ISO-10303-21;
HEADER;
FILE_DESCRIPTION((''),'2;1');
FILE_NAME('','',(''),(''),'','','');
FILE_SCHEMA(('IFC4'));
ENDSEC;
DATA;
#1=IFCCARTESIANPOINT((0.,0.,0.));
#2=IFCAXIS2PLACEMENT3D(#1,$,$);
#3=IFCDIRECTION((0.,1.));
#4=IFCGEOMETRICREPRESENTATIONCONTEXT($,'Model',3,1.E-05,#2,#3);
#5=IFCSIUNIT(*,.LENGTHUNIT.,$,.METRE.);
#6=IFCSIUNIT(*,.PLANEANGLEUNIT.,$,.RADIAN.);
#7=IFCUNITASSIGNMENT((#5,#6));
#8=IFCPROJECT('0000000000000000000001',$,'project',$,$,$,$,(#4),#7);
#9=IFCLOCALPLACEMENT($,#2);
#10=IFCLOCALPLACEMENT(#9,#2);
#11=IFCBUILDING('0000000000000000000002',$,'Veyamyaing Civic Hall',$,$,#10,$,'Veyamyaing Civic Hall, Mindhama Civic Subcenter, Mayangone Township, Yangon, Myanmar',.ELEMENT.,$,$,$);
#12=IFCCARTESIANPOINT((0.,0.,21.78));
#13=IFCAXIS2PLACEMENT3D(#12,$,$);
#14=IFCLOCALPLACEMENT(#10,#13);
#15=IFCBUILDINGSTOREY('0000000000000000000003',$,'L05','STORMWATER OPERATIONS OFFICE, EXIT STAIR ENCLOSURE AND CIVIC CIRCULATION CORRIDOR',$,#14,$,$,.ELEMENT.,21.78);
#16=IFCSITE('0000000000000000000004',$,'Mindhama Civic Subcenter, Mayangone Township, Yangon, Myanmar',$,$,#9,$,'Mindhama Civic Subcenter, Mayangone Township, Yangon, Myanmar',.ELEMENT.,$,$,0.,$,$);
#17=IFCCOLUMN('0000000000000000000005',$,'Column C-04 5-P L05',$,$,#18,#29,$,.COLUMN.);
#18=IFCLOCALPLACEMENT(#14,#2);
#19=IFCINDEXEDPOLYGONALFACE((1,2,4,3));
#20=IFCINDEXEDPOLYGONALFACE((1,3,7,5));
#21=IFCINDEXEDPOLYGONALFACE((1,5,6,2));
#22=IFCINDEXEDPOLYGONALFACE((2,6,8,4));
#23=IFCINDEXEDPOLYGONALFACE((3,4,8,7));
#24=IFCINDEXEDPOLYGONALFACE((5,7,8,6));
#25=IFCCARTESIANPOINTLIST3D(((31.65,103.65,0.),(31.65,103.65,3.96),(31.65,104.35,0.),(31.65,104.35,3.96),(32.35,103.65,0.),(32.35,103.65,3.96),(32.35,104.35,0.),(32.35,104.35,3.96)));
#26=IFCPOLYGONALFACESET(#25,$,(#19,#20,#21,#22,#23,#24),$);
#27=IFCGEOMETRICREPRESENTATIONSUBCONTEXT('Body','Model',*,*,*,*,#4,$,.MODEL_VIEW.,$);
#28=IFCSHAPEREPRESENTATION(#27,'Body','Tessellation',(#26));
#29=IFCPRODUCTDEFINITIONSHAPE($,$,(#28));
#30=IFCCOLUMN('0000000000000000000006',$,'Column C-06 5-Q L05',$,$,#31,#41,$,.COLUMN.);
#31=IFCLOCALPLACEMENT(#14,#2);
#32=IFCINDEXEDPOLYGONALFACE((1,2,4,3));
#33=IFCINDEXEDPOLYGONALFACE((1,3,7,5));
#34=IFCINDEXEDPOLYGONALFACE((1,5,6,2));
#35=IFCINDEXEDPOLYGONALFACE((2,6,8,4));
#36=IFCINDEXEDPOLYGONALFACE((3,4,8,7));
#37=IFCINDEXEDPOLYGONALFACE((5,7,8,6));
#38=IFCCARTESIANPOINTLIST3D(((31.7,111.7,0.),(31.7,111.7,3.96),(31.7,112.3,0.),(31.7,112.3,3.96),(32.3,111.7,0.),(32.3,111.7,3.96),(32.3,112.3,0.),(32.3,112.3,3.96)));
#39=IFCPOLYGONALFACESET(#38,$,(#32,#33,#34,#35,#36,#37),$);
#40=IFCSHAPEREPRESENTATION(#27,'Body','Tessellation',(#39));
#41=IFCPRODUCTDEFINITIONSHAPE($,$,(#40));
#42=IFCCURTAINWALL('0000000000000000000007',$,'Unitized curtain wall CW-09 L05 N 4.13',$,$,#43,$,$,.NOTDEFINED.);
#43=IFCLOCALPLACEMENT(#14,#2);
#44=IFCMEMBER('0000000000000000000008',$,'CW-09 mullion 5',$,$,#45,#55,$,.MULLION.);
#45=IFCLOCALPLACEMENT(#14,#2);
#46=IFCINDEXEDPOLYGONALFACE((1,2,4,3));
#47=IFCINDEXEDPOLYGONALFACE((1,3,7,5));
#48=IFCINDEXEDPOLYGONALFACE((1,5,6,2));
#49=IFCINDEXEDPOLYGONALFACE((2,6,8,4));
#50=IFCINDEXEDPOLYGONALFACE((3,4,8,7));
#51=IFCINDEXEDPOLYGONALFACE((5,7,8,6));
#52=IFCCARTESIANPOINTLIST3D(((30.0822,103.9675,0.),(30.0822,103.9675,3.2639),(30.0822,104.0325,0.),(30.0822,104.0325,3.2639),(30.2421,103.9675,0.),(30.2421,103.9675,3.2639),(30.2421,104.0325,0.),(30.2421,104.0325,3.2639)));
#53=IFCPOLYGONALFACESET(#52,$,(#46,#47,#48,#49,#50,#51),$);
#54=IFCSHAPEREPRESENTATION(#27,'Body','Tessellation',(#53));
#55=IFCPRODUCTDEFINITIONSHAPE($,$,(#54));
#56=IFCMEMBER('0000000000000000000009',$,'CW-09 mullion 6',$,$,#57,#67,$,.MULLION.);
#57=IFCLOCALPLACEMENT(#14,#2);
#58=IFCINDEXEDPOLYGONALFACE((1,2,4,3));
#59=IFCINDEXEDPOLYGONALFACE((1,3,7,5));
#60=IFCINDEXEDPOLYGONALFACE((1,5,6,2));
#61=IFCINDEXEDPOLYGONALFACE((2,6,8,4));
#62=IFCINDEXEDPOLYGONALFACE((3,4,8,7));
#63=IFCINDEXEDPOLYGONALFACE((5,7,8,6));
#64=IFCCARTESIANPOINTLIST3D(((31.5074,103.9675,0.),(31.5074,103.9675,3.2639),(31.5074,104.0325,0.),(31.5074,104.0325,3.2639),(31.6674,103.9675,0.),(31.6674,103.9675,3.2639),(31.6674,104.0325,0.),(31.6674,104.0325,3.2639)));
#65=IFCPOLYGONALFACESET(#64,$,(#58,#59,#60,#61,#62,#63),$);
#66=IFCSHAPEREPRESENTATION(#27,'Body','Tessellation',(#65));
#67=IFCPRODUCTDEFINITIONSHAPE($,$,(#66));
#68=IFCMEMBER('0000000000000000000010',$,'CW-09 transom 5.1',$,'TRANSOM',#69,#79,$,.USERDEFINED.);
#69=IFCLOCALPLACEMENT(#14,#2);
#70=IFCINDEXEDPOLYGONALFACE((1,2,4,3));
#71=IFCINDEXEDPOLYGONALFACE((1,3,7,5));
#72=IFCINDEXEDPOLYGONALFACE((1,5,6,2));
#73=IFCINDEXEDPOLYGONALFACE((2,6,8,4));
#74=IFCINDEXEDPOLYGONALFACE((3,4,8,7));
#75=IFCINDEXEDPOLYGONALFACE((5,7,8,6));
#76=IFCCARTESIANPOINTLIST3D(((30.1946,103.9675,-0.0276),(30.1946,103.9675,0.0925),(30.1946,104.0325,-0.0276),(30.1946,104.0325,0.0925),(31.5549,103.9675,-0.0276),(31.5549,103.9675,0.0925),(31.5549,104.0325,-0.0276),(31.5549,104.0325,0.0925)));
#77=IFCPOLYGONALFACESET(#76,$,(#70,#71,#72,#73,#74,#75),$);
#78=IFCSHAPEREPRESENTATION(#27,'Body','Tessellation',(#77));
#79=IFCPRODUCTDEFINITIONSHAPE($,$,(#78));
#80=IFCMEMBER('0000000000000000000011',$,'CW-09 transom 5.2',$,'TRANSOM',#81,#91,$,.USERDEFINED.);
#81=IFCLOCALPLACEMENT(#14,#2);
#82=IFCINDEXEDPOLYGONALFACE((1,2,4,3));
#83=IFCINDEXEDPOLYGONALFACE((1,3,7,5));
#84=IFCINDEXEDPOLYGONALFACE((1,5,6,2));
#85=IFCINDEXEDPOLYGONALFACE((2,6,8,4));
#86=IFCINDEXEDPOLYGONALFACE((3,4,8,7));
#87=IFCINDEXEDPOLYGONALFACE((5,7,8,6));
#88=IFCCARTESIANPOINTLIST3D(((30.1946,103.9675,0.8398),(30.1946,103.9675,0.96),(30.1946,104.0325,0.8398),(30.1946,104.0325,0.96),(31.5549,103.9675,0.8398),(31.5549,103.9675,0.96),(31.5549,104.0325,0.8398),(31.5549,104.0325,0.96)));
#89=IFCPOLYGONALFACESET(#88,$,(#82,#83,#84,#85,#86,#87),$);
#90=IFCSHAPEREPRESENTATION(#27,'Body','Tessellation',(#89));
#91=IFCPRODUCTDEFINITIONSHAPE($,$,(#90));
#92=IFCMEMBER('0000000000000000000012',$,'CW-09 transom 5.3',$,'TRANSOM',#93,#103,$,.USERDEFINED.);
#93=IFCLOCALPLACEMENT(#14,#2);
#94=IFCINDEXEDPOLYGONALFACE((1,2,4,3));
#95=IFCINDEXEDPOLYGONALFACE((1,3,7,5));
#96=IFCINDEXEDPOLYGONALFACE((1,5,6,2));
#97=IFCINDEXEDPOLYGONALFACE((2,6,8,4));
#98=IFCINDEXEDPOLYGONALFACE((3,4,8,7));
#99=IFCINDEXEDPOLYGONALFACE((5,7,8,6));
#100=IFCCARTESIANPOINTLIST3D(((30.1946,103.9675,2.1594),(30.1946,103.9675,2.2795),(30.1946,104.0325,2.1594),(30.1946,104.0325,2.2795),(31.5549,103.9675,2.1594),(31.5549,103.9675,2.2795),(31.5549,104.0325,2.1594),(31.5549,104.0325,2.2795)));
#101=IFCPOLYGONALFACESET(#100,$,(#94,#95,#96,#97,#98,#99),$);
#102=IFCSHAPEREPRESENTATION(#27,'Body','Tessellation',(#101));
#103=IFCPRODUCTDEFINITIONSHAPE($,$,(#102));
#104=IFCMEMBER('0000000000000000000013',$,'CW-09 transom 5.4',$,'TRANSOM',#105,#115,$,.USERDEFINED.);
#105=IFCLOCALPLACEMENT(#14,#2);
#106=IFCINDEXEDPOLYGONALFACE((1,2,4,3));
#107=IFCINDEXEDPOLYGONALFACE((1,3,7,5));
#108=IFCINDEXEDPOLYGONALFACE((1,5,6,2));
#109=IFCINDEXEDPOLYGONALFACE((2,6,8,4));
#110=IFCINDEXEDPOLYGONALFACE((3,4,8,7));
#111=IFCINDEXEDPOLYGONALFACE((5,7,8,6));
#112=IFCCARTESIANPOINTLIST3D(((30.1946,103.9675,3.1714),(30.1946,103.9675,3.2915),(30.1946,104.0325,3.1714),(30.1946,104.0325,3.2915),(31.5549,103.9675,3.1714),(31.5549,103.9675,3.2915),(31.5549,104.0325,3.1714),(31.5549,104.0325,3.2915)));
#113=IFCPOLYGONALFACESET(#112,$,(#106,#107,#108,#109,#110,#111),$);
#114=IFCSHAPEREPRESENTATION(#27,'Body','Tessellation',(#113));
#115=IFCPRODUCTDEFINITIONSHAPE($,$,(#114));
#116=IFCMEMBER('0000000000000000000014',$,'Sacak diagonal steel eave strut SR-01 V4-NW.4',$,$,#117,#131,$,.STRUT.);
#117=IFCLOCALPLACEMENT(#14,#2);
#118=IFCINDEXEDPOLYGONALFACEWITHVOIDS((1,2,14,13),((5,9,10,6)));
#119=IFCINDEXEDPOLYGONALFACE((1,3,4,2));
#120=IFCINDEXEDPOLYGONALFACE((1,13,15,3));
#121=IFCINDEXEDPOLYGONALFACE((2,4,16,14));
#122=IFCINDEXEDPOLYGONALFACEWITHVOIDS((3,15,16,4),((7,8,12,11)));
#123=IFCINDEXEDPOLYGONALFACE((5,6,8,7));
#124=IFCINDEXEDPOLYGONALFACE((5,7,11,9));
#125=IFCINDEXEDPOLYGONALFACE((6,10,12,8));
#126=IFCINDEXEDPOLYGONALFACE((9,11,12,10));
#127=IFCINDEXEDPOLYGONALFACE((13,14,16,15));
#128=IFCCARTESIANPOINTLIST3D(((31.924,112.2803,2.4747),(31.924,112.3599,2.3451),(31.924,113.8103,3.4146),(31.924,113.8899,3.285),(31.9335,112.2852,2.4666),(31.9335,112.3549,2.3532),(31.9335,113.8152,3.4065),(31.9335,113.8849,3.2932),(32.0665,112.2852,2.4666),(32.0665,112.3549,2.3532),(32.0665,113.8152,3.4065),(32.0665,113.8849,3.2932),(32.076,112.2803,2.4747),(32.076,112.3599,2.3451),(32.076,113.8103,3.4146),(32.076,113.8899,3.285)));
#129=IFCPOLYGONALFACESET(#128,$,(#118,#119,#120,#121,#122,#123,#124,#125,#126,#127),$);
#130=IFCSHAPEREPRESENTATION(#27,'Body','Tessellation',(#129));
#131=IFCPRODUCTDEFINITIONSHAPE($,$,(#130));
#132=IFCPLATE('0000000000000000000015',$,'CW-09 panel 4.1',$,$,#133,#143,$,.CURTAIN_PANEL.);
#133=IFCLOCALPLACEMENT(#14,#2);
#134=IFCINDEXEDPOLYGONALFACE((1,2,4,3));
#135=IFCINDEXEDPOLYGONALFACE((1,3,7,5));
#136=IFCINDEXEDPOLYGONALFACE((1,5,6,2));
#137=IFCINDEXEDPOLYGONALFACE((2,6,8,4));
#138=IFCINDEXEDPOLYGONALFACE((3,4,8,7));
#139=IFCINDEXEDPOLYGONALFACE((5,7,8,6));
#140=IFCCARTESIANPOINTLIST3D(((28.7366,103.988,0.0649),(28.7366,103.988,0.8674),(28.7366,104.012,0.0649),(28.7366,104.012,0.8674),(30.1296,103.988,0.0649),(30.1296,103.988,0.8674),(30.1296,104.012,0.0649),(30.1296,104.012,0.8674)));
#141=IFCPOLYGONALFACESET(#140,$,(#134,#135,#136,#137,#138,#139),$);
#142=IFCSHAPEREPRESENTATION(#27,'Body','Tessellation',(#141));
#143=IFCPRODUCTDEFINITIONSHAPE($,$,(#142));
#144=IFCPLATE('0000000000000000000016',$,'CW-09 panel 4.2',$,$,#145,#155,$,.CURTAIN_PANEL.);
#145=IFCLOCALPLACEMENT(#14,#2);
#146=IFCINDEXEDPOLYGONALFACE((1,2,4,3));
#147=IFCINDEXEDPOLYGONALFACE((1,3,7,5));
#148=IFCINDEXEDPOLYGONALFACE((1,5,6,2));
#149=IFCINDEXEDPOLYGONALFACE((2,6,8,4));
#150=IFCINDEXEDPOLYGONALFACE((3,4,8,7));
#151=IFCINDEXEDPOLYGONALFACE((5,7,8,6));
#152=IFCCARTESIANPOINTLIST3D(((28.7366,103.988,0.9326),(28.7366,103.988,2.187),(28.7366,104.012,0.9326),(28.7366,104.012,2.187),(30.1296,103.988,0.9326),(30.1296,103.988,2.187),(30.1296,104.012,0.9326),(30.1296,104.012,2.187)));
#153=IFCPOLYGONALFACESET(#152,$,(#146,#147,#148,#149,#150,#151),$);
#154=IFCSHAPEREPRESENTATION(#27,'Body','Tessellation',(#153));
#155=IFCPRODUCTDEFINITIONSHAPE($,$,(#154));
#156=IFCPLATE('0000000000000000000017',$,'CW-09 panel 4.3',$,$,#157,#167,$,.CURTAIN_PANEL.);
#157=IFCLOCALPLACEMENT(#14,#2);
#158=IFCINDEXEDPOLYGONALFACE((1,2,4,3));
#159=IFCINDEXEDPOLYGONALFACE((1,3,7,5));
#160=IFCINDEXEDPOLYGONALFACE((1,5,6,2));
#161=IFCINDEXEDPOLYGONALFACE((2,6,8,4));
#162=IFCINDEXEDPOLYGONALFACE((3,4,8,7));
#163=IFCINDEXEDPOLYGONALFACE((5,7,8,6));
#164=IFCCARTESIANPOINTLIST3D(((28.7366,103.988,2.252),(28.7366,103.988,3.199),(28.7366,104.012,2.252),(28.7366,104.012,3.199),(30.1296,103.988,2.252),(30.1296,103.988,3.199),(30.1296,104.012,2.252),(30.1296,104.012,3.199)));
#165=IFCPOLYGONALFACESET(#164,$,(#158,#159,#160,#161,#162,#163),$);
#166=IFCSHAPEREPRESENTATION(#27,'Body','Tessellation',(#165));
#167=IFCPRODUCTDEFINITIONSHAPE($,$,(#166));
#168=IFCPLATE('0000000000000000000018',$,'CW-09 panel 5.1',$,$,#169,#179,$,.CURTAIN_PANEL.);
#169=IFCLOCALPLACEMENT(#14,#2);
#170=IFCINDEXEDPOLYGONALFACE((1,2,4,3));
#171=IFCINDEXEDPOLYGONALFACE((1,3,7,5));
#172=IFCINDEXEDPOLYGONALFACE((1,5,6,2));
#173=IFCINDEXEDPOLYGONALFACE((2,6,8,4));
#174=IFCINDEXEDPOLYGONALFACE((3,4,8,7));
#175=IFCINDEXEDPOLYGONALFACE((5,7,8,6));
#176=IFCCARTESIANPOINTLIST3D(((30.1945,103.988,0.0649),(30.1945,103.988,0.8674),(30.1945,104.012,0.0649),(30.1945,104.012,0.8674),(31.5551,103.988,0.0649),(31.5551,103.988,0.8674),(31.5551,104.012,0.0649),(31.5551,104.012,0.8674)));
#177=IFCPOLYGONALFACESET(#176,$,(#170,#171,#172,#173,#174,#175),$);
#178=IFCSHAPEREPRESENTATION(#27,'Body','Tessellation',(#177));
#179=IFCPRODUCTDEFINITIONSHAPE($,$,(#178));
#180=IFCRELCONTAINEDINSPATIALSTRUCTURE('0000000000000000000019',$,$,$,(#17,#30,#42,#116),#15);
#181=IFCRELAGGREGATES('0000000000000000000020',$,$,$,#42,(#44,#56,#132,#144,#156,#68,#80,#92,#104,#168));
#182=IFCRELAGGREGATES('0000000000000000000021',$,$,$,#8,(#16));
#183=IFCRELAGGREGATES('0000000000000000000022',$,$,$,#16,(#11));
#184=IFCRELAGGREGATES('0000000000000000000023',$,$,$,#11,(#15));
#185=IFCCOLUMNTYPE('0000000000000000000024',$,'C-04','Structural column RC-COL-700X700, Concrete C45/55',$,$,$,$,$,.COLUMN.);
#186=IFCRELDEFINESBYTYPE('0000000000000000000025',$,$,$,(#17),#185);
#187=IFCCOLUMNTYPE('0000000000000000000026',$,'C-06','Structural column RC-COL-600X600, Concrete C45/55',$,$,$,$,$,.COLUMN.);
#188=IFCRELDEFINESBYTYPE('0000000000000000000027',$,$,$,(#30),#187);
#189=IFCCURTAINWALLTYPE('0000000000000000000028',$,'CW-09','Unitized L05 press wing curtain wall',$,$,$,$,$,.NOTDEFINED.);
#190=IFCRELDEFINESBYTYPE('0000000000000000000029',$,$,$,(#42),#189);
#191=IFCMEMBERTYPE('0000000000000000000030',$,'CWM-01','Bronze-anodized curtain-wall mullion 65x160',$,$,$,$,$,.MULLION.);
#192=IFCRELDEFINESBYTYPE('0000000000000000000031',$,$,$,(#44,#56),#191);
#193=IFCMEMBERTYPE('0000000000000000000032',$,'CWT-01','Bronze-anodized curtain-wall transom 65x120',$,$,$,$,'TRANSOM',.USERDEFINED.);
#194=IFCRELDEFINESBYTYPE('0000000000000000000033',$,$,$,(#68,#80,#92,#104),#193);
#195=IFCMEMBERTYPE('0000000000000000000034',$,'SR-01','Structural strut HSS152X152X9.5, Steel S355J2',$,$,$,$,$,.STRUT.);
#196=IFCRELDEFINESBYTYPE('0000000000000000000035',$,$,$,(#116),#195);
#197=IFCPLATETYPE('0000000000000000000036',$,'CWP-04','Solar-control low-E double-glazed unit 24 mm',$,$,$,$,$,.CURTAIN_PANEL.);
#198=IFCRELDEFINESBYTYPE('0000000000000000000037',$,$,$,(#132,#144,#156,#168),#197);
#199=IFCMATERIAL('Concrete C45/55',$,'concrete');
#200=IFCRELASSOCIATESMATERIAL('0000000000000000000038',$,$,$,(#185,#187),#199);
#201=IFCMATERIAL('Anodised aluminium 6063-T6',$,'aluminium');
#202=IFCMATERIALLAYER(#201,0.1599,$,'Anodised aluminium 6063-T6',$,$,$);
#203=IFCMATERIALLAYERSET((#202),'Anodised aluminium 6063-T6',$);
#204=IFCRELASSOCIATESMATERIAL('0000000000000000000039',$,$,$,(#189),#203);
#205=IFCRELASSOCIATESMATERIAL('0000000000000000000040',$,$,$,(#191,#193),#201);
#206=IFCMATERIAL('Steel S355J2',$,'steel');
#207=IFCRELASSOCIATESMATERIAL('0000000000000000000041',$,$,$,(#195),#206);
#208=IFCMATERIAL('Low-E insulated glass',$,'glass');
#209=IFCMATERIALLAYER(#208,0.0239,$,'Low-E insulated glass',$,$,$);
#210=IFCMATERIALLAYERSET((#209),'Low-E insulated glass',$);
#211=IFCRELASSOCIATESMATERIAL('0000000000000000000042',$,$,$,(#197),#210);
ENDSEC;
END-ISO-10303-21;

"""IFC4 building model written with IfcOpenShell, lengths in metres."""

from ifc_helpers import new_model, si_unit, direction, frame, origin, origin_2d, place, context, subcontext, project, spatial, rectangle, hollow_rectangle, extrude, material, layer, layer_set, material_profile, profile_set, type_object, element, aggregate, save


model = new_model("IFC4")

# Units and contexts
model_context = context("Model", 3, precision=1e-05, world=origin(), true_north=direction((0.0, 1.0)))
body_context = subcontext(model_context, "Body", "Model", "MODEL_VIEW")
ifc_project = project(units=[si_unit("LENGTHUNIT", "METRE"), si_unit("PLANEANGLEUNIT", "RADIAN")], contexts=[model_context])

# Site, building, storey
site_placement = place(None, origin())
site = spatial("IfcSite", under=ifc_project, at=site_placement, Name="Mindhama Civic Subcenter, Mayangone Township, Yangon, Myanmar", LongName="Mindhama Civic Subcenter, Mayangone Township, Yangon, Myanmar", CompositionType="ELEMENT", RefElevation=0.0)
building_placement = place(site_placement, origin())
building = spatial("IfcBuilding", under=site, at=building_placement, Name="Veyamyaing Civic Hall", LongName="Veyamyaing Civic Hall, Mindhama Civic Subcenter, Mayangone Township, Yangon, Myanmar", CompositionType="ELEMENT")
storey_placement = place(building_placement, frame((0.0, 0.0, 21.78)))
storey = spatial("IfcBuildingStorey", under=building, at=storey_placement, Name="L05", Description="STORMWATER OPERATIONS OFFICE, EXIT STAIR ENCLOSURE AND CIVIC CIRCULATION CORRIDOR", CompositionType="ELEMENT", Elevation=21.78)

# Columns
ifc_material_1 = material(Name="Concrete C45/55", Category="concrete")
ifc_material_profile_1 = material_profile(ifc_material_1, rectangle(XDim=0.7, YDim=0.7, at=origin_2d()), Name="RC-COL-700X700")
ifc_profile_set_1 = profile_set([ifc_material_profile_1], Name="Concrete C45/55")
column_type_1 = type_object("IfcColumnType", Name="C-04", Description="Structural column RC-COL-700X700, Concrete C45/55", PredefinedType="COLUMN", material=ifc_profile_set_1)
column_1_placement = place(storey_placement, frame((32.0, 104.0, 0.0), z_axis=(0.0, 0.0, 1.0), x_axis=(1.0, 0.0, 0.0)))
element("IfcColumn", 1, at=column_1_placement, inside=storey, type_object=column_type_1, Name="Column C-04 5-P L05", PredefinedType="COLUMN", context=body_context, shape_type="SweptSolid", body=[
    extrude(rectangle(XDim=0.7, YDim=0.7, at=origin_2d()), origin(), (0.0, 0.0, 1.0), 3.96),
])
ifc_material_profile_2 = material_profile(ifc_material_1, rectangle(XDim=0.6001, YDim=0.6001, at=origin_2d()), Name="RC-COL-600X600")
ifc_profile_set_2 = profile_set([ifc_material_profile_2], Name="Concrete C45/55")
column_type_2 = type_object("IfcColumnType", Name="C-06", Description="Structural column RC-COL-600X600, Concrete C45/55", PredefinedType="COLUMN", material=ifc_profile_set_2)
column_2_placement = place(storey_placement, frame((32.0, 112.0, 0.0), z_axis=(0.0, 0.0, 1.0), x_axis=(1.0, 0.0, 0.0)))
element("IfcColumn", 2, at=column_2_placement, inside=storey, type_object=column_type_2, Name="Column C-06 5-Q L05", PredefinedType="COLUMN", context=body_context, shape_type="SweptSolid", body=[
    extrude(rectangle(XDim=0.6001, YDim=0.6001, at=origin_2d()), origin(), (0.0, 0.0, 1.0), 3.96),
])

# Curtain wall, members
ifc_material_2 = material(Name="Anodised aluminium 6063-T6", Category="aluminium")
ifc_layer_1 = layer(ifc_material_2, 0.1599, Name="Anodised aluminium 6063-T6")
ifc_layer_set_1 = layer_set([ifc_layer_1], Name="Anodised aluminium 6063-T6")
curtain_wall_type = type_object("IfcCurtainWallType", Name="CW-09", Description="Unitized L05 press wing curtain wall", PredefinedType="NOTDEFINED", material=ifc_layer_set_1)
curtain_wall_placement = place(storey_placement, origin())
curtain_wall = element("IfcCurtainWall", 3, at=curtain_wall_placement, inside=storey, type_object=curtain_wall_type, Name="Unitized curtain wall CW-09 L05 N 4.13", PredefinedType="NOTDEFINED")
ifc_material_profile_3 = material_profile(ifc_material_2, rectangle(XDim=0.0649, YDim=0.1599, at=origin_2d()), Name="ALU-MUL-65X160")
ifc_profile_set_3 = profile_set([ifc_material_profile_3], Name="Anodised aluminium 6063-T6")
member_type_1 = type_object("IfcMemberType", Name="CWM-01", Description="Bronze-anodized curtain-wall mullion 65x160", PredefinedType="MULLION", material=ifc_profile_set_3)
member_1_placement = place(storey_placement, frame((30.1621, 104.0, 0.0), z_axis=(0.0, 0.0, 1.0), x_axis=(0.0, 1.0, 0.0)))
member_1 = element("IfcMember", 4, at=member_1_placement, type_object=member_type_1, Name="CW-09 mullion 5", PredefinedType="MULLION", context=body_context, shape_type="SweptSolid", body=[
    extrude(rectangle(XDim=0.0649, YDim=0.1599, at=origin_2d()), origin(), (0.0, 0.0, 1.0), 3.2639),
])
member_2_placement = place(storey_placement, frame((31.5874, 104.0, 0.0), z_axis=(0.0, 0.0, 1.0), x_axis=(0.0, 1.0, 0.0)))
member_2 = element("IfcMember", 5, at=member_2_placement, type_object=member_type_1, Name="CW-09 mullion 6", PredefinedType="MULLION", context=body_context, shape_type="SweptSolid", body=[
    extrude(rectangle(XDim=0.0649, YDim=0.1599, at=origin_2d()), origin(), (0.0, 0.0, 1.0), 3.2639),
])
ifc_material_profile_4 = material_profile(ifc_material_2, rectangle(XDim=0.0649, YDim=0.1201, at=origin_2d()), Name="ALU-TRN-65X120")
ifc_profile_set_4 = profile_set([ifc_material_profile_4], Name="Anodised aluminium 6063-T6")
member_type_2 = type_object("IfcMemberType", Name="CWT-01", Description="Bronze-anodized curtain-wall transom 65x120", ElementType="TRANSOM", PredefinedType="USERDEFINED", material=ifc_profile_set_4)
member_3_placement = place(storey_placement, frame((30.1946, 104.0, 0.0325), z_axis=(1.0, 0.0, 0.0), x_axis=(0.0, 1.0, 0.0)))
member_3 = element("IfcMember", 6, at=member_3_placement, type_object=member_type_2, Name="CW-09 transom 5.1", ObjectType="TRANSOM", PredefinedType="USERDEFINED", context=body_context, shape_type="SweptSolid", body=[
    extrude(rectangle(XDim=0.0649, YDim=0.1201, at=origin_2d()), origin(), (0.0, 0.0, 1.0), 1.3604),
])
member_4_placement = place(storey_placement, frame((30.1946, 104.0, 0.8999), z_axis=(1.0, 0.0, 0.0), x_axis=(0.0, 1.0, 0.0)))
member_4 = element("IfcMember", 7, at=member_4_placement, type_object=member_type_2, Name="CW-09 transom 5.2", ObjectType="TRANSOM", PredefinedType="USERDEFINED", context=body_context, shape_type="SweptSolid", body=[
    extrude(rectangle(XDim=0.0649, YDim=0.1201, at=origin_2d()), origin(), (0.0, 0.0, 1.0), 1.3604),
])
member_5_placement = place(storey_placement, frame((30.1946, 104.0, 2.2195), z_axis=(1.0, 0.0, 0.0), x_axis=(0.0, 1.0, 0.0)))
member_5 = element("IfcMember", 8, at=member_5_placement, type_object=member_type_2, Name="CW-09 transom 5.3", ObjectType="TRANSOM", PredefinedType="USERDEFINED", context=body_context, shape_type="SweptSolid", body=[
    extrude(rectangle(XDim=0.0649, YDim=0.1201, at=origin_2d()), origin(), (0.0, 0.0, 1.0), 1.3604),
])
member_6_placement = place(storey_placement, frame((30.1946, 104.0, 3.2314), z_axis=(1.0, 0.0, 0.0), x_axis=(0.0, 1.0, 0.0)))
member_6 = element("IfcMember", 9, at=member_6_placement, type_object=member_type_2, Name="CW-09 transom 5.4", ObjectType="TRANSOM", PredefinedType="USERDEFINED", context=body_context, shape_type="SweptSolid", body=[
    extrude(rectangle(XDim=0.0649, YDim=0.1201, at=origin_2d()), origin(), (0.0, 0.0, 1.0), 1.3604),
])

# Member
ifc_material_3 = material(Name="Steel S355J2", Category="steel")
ifc_material_profile_5 = material_profile(ifc_material_3, hollow_rectangle(XDim=0.1521, YDim=0.1521, WallThickness=0.0095, at=origin_2d()), Name="HSS152X152X9.5")
ifc_profile_set_5 = profile_set([ifc_material_profile_5], Name="Steel S355J2")
member_type_3 = type_object("IfcMemberType", Name="SR-01", Description="Structural strut HSS152X152X9.5, Steel S355J2", PredefinedType="STRUT", material=ifc_profile_set_5)
member_7_placement = place(storey_placement, frame((32.0, 112.3201, 2.4099), z_axis=(0.0, 0.85206, 0.523445), x_axis=(-1.0, 0.0, 0.0)))
element("IfcMember", 10, at=member_7_placement, inside=storey, type_object=member_type_3, Name="Sacak diagonal steel eave strut SR-01 V4-NW.4", PredefinedType="STRUT", context=body_context, shape_type="SweptSolid", body=[
    extrude(hollow_rectangle(XDim=0.1521, YDim=0.1521, WallThickness=0.0095, at=origin_2d()), origin(), (0.0, 0.0, 1.0), 1.7957),
])

# Plates
ifc_material_4 = material(Name="Low-E insulated glass", Category="glass")
ifc_layer_2 = layer(ifc_material_4, 0.0239, Name="Low-E insulated glass")
ifc_layer_set_2 = layer_set([ifc_layer_2], Name="Low-E insulated glass")
plate_type_1 = type_object("IfcPlateType", Name="CWP-04", Description="Solar-control low-E double-glazed unit 24 mm", PredefinedType="CURTAIN_PANEL", material=ifc_layer_set_2)
plate_1_placement = place(storey_placement, frame((29.4331, 104.0, 0.0649), z_axis=(0.0, 0.0, 1.0), x_axis=(1.0, 0.0, 0.0)))
plate_1 = element("IfcPlate", 11, at=plate_1_placement, type_object=plate_type_1, Name="CW-09 panel 4.1", PredefinedType="CURTAIN_PANEL", context=body_context, shape_type="SweptSolid", body=[
    extrude(rectangle(XDim=1.3931, YDim=0.0239, at=origin_2d()), origin(), (0.0, 0.0, 1.0), 0.8025),
])
plate_2_placement = place(storey_placement, frame((29.4331, 104.0, 0.9326), z_axis=(0.0, 0.0, 1.0), x_axis=(1.0, 0.0, 0.0)))
plate_2 = element("IfcPlate", 12, at=plate_2_placement, type_object=plate_type_1, Name="CW-09 panel 4.2", PredefinedType="CURTAIN_PANEL", context=body_context, shape_type="SweptSolid", body=[
    extrude(rectangle(XDim=1.3931, YDim=0.0239, at=origin_2d()), origin(), (0.0, 0.0, 1.0), 1.2544),
])
plate_3_placement = place(storey_placement, frame((29.4331, 104.0, 2.252), z_axis=(0.0, 0.0, 1.0), x_axis=(1.0, 0.0, 0.0)))
plate_3 = element("IfcPlate", 13, at=plate_3_placement, type_object=plate_type_1, Name="CW-09 panel 4.3", PredefinedType="CURTAIN_PANEL", context=body_context, shape_type="SweptSolid", body=[
    extrude(rectangle(XDim=1.3931, YDim=0.0239, at=origin_2d()), origin(), (0.0, 0.0, 1.0), 0.947),
])
plate_4_placement = place(storey_placement, frame((30.8748, 104.0, 0.0649), z_axis=(0.0, 0.0, 1.0), x_axis=(1.0, 0.0, 0.0)))
plate_4 = element("IfcPlate", 14, at=plate_4_placement, type_object=plate_type_1, Name="CW-09 panel 5.1", PredefinedType="CURTAIN_PANEL", context=body_context, shape_type="SweptSolid", body=[
    extrude(rectangle(XDim=1.3606, YDim=0.0239, at=origin_2d()), origin(), (0.0, 0.0, 1.0), 0.8025),
])
aggregate(curtain_wall, [member_1, member_2, plate_1, plate_2, plate_3, member_3, member_4, member_5, member_6, plate_4])

save(model, "model.ifc")
